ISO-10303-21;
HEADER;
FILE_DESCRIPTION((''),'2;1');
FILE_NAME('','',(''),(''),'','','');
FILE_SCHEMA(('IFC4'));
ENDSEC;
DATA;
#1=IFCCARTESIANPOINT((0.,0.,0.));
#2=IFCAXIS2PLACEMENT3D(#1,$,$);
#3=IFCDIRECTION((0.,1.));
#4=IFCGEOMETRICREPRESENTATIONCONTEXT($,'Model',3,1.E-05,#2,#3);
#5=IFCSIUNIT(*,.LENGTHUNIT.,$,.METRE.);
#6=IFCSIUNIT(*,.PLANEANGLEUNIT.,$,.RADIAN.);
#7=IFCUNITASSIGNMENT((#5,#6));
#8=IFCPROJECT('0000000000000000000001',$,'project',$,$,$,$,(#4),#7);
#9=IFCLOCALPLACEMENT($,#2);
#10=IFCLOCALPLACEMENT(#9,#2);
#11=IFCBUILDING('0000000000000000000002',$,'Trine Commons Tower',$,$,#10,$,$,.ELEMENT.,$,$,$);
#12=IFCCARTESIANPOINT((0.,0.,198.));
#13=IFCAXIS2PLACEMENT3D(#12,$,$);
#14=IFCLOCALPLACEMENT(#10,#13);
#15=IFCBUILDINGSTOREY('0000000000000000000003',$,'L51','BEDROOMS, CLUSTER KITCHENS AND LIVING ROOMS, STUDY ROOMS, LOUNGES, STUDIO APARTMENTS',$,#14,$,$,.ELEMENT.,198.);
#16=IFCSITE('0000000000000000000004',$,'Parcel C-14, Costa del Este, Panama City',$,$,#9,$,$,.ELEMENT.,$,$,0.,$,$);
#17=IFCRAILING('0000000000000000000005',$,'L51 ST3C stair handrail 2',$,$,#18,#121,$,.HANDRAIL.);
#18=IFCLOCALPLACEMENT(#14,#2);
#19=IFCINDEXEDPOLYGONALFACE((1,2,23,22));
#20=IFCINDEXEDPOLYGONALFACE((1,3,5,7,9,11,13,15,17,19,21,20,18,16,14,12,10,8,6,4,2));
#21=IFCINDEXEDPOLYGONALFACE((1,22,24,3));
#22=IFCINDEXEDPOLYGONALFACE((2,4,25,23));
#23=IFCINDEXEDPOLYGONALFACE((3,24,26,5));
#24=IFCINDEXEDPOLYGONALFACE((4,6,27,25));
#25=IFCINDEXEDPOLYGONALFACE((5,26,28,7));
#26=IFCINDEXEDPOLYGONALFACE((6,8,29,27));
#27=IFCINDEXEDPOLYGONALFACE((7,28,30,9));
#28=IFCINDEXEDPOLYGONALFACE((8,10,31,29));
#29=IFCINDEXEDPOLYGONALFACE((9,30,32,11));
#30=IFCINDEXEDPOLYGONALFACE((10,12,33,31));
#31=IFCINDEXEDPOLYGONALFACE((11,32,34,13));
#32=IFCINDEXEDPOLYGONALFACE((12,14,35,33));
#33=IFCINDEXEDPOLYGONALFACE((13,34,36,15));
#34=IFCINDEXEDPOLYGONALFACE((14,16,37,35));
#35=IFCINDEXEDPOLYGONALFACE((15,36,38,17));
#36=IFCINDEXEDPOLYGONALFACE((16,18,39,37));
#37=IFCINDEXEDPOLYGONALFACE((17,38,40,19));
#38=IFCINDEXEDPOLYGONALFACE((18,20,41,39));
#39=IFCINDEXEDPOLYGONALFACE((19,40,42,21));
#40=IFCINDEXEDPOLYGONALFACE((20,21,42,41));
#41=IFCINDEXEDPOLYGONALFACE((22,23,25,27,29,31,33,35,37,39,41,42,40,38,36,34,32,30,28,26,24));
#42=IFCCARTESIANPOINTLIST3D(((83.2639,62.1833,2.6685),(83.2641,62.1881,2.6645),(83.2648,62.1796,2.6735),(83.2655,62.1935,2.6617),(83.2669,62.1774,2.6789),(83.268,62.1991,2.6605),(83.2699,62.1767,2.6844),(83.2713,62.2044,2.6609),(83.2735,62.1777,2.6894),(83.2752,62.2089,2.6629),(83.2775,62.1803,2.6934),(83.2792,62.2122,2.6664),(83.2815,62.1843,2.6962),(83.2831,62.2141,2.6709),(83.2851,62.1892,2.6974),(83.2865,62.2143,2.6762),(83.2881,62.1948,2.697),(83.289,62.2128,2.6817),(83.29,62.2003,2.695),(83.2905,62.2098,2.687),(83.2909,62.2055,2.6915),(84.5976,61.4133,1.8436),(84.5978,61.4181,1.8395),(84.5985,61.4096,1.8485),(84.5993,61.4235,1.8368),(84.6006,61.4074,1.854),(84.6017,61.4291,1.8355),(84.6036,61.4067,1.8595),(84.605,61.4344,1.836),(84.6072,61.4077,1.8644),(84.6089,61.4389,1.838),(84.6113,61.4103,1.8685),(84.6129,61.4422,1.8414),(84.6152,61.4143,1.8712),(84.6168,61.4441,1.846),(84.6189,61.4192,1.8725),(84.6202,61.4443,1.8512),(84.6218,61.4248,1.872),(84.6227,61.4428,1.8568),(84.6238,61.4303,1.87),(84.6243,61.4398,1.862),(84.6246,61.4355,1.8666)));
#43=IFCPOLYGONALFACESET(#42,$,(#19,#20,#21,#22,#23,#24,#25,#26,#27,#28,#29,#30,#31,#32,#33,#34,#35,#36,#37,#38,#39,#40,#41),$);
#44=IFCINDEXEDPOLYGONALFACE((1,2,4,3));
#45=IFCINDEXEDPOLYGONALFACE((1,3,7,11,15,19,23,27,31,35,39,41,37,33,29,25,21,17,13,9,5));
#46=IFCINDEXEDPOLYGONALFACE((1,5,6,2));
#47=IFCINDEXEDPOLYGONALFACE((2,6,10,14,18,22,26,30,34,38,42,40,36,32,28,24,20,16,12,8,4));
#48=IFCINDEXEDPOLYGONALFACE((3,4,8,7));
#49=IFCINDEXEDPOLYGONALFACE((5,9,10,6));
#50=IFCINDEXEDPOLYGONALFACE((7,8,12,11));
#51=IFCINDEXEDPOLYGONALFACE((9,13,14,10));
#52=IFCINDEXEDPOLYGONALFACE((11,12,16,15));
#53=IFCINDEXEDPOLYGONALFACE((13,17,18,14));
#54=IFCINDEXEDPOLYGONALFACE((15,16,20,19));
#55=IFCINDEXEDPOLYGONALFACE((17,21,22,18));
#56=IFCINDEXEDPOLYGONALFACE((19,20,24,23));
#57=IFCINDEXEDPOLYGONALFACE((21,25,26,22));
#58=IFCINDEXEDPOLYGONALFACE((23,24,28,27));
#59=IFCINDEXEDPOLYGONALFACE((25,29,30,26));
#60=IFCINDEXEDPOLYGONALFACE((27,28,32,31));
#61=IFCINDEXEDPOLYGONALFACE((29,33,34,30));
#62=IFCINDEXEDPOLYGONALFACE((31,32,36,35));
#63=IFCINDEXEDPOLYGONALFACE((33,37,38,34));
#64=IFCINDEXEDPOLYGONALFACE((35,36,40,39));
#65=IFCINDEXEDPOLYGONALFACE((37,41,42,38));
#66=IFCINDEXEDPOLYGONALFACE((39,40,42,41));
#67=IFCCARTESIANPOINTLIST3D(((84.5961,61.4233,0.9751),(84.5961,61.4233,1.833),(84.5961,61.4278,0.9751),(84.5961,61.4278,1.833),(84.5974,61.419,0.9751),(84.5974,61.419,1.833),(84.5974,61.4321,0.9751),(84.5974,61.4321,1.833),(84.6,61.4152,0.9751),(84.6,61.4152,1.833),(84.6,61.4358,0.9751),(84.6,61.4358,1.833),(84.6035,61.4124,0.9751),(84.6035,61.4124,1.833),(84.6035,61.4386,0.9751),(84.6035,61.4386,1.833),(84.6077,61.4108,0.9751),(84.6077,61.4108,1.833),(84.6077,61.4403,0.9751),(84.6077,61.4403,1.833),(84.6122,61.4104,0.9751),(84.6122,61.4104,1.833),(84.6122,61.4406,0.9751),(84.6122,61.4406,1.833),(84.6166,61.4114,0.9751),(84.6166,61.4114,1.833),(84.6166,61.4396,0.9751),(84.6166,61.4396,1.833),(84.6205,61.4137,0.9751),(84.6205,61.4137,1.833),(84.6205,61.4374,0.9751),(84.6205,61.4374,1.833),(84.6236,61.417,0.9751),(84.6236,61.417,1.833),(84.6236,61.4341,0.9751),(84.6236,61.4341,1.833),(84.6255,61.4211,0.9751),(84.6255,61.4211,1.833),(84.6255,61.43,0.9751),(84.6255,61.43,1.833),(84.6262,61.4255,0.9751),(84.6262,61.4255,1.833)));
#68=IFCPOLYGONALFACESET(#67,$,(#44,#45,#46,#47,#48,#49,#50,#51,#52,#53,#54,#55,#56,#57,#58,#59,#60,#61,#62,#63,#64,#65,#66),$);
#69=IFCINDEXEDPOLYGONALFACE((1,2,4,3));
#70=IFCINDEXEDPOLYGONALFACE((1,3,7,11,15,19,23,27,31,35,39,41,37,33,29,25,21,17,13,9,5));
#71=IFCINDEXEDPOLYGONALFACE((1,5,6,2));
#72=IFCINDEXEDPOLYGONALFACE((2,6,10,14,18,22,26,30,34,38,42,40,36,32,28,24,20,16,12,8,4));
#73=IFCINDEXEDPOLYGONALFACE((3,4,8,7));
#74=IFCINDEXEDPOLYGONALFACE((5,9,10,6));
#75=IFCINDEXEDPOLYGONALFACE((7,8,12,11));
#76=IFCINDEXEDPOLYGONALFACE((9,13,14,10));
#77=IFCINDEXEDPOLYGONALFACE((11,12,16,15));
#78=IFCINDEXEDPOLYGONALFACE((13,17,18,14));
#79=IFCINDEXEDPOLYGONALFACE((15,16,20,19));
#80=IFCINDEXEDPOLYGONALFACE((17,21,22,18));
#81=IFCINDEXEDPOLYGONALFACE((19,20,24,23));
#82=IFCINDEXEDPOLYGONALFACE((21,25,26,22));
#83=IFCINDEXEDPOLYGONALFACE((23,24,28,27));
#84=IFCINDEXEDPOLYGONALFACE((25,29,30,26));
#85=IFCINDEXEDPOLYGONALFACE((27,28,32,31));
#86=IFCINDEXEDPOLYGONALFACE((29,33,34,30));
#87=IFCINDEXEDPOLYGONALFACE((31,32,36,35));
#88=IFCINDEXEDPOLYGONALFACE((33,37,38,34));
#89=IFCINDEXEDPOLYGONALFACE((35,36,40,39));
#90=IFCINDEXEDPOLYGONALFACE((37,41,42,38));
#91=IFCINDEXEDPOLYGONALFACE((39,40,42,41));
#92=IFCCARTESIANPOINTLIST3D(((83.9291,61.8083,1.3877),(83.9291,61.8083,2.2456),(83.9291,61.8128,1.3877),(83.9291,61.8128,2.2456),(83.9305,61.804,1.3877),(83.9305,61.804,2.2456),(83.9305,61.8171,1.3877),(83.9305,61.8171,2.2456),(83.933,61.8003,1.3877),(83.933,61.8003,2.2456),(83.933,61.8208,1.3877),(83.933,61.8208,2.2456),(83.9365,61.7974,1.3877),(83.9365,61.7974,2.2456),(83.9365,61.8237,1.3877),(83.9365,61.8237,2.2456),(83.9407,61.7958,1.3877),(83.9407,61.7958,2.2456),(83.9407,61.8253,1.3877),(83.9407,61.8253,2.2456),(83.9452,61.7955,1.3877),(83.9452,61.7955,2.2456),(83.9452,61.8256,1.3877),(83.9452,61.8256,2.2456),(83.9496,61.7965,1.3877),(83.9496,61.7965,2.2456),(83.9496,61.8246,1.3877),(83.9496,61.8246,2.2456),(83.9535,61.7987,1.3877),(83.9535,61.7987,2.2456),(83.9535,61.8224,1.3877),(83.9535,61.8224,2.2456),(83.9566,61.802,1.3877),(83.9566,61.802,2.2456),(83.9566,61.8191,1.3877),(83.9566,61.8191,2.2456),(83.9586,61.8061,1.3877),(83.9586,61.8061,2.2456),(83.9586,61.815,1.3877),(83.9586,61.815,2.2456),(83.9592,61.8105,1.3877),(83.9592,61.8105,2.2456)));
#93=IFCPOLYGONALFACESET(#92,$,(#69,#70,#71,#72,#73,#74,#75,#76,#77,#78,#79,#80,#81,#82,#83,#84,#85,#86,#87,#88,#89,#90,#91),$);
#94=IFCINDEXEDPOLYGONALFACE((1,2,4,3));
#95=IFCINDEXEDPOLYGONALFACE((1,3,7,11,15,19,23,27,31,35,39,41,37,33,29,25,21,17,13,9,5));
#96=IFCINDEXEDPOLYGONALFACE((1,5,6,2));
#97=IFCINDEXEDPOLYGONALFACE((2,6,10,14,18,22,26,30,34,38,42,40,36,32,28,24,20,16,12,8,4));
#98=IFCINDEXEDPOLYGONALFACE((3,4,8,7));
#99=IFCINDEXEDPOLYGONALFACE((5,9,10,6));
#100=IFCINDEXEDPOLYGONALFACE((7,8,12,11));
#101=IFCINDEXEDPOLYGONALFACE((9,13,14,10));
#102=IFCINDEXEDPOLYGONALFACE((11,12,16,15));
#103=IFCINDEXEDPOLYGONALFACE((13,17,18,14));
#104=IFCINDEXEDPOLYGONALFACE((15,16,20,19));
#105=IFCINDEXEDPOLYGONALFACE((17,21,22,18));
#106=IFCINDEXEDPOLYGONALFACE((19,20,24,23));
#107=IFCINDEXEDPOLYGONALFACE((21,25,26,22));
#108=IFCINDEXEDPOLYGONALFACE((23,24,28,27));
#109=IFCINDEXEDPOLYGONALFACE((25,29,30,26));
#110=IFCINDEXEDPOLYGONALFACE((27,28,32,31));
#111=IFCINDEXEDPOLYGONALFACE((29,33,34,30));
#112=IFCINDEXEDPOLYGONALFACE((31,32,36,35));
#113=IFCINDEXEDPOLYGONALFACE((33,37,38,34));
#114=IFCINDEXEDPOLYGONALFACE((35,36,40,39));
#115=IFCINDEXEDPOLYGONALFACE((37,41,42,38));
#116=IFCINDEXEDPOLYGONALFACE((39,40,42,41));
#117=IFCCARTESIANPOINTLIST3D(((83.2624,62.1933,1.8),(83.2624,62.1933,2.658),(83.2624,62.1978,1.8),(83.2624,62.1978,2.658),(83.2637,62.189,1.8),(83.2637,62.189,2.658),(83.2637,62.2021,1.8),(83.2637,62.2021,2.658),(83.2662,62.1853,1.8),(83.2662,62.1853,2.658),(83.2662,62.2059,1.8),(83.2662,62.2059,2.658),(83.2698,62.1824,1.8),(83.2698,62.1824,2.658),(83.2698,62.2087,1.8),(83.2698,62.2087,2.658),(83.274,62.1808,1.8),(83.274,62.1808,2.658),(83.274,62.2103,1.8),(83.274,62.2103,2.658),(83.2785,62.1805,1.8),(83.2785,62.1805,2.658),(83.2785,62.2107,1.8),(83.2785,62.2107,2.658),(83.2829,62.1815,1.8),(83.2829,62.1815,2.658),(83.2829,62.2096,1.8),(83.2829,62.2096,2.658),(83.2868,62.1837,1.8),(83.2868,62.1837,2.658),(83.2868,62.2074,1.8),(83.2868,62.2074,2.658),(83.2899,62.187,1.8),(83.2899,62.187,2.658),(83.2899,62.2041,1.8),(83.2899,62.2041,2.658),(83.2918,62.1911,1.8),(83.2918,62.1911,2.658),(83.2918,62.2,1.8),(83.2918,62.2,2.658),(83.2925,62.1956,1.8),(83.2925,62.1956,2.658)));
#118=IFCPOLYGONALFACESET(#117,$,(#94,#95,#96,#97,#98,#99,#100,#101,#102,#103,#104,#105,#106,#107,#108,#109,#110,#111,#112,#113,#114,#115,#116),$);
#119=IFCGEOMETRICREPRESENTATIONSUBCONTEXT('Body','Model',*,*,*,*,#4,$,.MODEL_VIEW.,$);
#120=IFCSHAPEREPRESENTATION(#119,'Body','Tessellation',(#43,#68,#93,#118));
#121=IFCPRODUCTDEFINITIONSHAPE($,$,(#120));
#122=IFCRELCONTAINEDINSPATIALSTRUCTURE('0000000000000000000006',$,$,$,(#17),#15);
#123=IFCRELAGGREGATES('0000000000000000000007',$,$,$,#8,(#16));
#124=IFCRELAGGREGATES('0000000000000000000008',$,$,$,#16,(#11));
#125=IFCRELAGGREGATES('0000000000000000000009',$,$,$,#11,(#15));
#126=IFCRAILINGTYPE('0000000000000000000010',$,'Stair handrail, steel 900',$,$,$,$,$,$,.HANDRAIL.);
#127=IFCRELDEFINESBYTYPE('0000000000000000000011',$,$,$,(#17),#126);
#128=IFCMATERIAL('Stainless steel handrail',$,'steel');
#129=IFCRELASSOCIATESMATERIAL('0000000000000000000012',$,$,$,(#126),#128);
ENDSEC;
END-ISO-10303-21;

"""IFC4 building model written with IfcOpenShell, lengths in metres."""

from ifc_helpers import new_model, si_unit, direction, frame, origin, origin_2d, place, context, subcontext, project, spatial, circle, extrude, material, type_object, element, save


model = new_model("IFC4")

# Units and contexts
model_context = context("Model", 3, precision=1e-05, world=origin(), true_north=direction((0.0, 1.0)))
body_context = subcontext(model_context, "Body", "Model", "MODEL_VIEW")
ifc_project = project(units=[si_unit("LENGTHUNIT", "METRE"), si_unit("PLANEANGLEUNIT", "RADIAN")], contexts=[model_context])

# Site, building, storey
site_placement = place(None, origin())
site = spatial("IfcSite", under=ifc_project, at=site_placement, Name="Parcel C-14, Costa del Este, Panama City", CompositionType="ELEMENT", RefElevation=0.0)
building_placement = place(site_placement, origin())
building = spatial("IfcBuilding", under=site, at=building_placement, Name="Trine Commons Tower", CompositionType="ELEMENT")
storey_placement = place(building_placement, frame((0.0, 0.0, 198.0)))
storey = spatial("IfcBuildingStorey", under=building, at=storey_placement, Name="L51", Description="BEDROOMS, CLUSTER KITCHENS AND LIVING ROOMS, STUDY ROOMS, LOUNGES, STUDIO APARTMENTS", CompositionType="ELEMENT", Elevation=198.0)

# Railing
ifc_material_1 = material(Name="Stainless steel handrail", Category="steel")
railing_type_1 = type_object("IfcRailingType", Name="Stair handrail, steel 900", PredefinedType="HANDRAIL", material=ifc_material_1)
railing_1_placement = place(storey_placement, frame((84.6111, 61.4255, 0.9751)))
element("IfcRailing", 1, at=railing_1_placement, inside=storey, type_object=railing_type_1, Name="L51 ST3C stair handrail 2", PredefinedType="HANDRAIL", context=body_context, shape_type="SweptSolid", body=[
    extrude(circle(Radius=0.021, at=origin_2d()), frame((0.0, 0.0, 0.8789), z_axis=(-0.763405, 0.440743, 0.472185), x_axis=(-0.499992, -0.86603, 0.0)), (0.0, 0.0, 1.0), 1.7471),
    extrude(circle(Radius=0.0151, at=origin_2d()), origin(), (0.0, 0.0, 1.0), 0.8579),
    extrude(circle(Radius=0.0151, at=origin_2d()), frame((-0.667, 0.385, 0.4126)), (0.0, 0.0, 1.0), 0.8579),
    extrude(circle(Radius=0.0151, at=origin_2d()), frame((-1.3337, 0.77, 0.825)), (0.0, 0.0, 1.0), 0.8579),
])

save(model, "model.ifc")
